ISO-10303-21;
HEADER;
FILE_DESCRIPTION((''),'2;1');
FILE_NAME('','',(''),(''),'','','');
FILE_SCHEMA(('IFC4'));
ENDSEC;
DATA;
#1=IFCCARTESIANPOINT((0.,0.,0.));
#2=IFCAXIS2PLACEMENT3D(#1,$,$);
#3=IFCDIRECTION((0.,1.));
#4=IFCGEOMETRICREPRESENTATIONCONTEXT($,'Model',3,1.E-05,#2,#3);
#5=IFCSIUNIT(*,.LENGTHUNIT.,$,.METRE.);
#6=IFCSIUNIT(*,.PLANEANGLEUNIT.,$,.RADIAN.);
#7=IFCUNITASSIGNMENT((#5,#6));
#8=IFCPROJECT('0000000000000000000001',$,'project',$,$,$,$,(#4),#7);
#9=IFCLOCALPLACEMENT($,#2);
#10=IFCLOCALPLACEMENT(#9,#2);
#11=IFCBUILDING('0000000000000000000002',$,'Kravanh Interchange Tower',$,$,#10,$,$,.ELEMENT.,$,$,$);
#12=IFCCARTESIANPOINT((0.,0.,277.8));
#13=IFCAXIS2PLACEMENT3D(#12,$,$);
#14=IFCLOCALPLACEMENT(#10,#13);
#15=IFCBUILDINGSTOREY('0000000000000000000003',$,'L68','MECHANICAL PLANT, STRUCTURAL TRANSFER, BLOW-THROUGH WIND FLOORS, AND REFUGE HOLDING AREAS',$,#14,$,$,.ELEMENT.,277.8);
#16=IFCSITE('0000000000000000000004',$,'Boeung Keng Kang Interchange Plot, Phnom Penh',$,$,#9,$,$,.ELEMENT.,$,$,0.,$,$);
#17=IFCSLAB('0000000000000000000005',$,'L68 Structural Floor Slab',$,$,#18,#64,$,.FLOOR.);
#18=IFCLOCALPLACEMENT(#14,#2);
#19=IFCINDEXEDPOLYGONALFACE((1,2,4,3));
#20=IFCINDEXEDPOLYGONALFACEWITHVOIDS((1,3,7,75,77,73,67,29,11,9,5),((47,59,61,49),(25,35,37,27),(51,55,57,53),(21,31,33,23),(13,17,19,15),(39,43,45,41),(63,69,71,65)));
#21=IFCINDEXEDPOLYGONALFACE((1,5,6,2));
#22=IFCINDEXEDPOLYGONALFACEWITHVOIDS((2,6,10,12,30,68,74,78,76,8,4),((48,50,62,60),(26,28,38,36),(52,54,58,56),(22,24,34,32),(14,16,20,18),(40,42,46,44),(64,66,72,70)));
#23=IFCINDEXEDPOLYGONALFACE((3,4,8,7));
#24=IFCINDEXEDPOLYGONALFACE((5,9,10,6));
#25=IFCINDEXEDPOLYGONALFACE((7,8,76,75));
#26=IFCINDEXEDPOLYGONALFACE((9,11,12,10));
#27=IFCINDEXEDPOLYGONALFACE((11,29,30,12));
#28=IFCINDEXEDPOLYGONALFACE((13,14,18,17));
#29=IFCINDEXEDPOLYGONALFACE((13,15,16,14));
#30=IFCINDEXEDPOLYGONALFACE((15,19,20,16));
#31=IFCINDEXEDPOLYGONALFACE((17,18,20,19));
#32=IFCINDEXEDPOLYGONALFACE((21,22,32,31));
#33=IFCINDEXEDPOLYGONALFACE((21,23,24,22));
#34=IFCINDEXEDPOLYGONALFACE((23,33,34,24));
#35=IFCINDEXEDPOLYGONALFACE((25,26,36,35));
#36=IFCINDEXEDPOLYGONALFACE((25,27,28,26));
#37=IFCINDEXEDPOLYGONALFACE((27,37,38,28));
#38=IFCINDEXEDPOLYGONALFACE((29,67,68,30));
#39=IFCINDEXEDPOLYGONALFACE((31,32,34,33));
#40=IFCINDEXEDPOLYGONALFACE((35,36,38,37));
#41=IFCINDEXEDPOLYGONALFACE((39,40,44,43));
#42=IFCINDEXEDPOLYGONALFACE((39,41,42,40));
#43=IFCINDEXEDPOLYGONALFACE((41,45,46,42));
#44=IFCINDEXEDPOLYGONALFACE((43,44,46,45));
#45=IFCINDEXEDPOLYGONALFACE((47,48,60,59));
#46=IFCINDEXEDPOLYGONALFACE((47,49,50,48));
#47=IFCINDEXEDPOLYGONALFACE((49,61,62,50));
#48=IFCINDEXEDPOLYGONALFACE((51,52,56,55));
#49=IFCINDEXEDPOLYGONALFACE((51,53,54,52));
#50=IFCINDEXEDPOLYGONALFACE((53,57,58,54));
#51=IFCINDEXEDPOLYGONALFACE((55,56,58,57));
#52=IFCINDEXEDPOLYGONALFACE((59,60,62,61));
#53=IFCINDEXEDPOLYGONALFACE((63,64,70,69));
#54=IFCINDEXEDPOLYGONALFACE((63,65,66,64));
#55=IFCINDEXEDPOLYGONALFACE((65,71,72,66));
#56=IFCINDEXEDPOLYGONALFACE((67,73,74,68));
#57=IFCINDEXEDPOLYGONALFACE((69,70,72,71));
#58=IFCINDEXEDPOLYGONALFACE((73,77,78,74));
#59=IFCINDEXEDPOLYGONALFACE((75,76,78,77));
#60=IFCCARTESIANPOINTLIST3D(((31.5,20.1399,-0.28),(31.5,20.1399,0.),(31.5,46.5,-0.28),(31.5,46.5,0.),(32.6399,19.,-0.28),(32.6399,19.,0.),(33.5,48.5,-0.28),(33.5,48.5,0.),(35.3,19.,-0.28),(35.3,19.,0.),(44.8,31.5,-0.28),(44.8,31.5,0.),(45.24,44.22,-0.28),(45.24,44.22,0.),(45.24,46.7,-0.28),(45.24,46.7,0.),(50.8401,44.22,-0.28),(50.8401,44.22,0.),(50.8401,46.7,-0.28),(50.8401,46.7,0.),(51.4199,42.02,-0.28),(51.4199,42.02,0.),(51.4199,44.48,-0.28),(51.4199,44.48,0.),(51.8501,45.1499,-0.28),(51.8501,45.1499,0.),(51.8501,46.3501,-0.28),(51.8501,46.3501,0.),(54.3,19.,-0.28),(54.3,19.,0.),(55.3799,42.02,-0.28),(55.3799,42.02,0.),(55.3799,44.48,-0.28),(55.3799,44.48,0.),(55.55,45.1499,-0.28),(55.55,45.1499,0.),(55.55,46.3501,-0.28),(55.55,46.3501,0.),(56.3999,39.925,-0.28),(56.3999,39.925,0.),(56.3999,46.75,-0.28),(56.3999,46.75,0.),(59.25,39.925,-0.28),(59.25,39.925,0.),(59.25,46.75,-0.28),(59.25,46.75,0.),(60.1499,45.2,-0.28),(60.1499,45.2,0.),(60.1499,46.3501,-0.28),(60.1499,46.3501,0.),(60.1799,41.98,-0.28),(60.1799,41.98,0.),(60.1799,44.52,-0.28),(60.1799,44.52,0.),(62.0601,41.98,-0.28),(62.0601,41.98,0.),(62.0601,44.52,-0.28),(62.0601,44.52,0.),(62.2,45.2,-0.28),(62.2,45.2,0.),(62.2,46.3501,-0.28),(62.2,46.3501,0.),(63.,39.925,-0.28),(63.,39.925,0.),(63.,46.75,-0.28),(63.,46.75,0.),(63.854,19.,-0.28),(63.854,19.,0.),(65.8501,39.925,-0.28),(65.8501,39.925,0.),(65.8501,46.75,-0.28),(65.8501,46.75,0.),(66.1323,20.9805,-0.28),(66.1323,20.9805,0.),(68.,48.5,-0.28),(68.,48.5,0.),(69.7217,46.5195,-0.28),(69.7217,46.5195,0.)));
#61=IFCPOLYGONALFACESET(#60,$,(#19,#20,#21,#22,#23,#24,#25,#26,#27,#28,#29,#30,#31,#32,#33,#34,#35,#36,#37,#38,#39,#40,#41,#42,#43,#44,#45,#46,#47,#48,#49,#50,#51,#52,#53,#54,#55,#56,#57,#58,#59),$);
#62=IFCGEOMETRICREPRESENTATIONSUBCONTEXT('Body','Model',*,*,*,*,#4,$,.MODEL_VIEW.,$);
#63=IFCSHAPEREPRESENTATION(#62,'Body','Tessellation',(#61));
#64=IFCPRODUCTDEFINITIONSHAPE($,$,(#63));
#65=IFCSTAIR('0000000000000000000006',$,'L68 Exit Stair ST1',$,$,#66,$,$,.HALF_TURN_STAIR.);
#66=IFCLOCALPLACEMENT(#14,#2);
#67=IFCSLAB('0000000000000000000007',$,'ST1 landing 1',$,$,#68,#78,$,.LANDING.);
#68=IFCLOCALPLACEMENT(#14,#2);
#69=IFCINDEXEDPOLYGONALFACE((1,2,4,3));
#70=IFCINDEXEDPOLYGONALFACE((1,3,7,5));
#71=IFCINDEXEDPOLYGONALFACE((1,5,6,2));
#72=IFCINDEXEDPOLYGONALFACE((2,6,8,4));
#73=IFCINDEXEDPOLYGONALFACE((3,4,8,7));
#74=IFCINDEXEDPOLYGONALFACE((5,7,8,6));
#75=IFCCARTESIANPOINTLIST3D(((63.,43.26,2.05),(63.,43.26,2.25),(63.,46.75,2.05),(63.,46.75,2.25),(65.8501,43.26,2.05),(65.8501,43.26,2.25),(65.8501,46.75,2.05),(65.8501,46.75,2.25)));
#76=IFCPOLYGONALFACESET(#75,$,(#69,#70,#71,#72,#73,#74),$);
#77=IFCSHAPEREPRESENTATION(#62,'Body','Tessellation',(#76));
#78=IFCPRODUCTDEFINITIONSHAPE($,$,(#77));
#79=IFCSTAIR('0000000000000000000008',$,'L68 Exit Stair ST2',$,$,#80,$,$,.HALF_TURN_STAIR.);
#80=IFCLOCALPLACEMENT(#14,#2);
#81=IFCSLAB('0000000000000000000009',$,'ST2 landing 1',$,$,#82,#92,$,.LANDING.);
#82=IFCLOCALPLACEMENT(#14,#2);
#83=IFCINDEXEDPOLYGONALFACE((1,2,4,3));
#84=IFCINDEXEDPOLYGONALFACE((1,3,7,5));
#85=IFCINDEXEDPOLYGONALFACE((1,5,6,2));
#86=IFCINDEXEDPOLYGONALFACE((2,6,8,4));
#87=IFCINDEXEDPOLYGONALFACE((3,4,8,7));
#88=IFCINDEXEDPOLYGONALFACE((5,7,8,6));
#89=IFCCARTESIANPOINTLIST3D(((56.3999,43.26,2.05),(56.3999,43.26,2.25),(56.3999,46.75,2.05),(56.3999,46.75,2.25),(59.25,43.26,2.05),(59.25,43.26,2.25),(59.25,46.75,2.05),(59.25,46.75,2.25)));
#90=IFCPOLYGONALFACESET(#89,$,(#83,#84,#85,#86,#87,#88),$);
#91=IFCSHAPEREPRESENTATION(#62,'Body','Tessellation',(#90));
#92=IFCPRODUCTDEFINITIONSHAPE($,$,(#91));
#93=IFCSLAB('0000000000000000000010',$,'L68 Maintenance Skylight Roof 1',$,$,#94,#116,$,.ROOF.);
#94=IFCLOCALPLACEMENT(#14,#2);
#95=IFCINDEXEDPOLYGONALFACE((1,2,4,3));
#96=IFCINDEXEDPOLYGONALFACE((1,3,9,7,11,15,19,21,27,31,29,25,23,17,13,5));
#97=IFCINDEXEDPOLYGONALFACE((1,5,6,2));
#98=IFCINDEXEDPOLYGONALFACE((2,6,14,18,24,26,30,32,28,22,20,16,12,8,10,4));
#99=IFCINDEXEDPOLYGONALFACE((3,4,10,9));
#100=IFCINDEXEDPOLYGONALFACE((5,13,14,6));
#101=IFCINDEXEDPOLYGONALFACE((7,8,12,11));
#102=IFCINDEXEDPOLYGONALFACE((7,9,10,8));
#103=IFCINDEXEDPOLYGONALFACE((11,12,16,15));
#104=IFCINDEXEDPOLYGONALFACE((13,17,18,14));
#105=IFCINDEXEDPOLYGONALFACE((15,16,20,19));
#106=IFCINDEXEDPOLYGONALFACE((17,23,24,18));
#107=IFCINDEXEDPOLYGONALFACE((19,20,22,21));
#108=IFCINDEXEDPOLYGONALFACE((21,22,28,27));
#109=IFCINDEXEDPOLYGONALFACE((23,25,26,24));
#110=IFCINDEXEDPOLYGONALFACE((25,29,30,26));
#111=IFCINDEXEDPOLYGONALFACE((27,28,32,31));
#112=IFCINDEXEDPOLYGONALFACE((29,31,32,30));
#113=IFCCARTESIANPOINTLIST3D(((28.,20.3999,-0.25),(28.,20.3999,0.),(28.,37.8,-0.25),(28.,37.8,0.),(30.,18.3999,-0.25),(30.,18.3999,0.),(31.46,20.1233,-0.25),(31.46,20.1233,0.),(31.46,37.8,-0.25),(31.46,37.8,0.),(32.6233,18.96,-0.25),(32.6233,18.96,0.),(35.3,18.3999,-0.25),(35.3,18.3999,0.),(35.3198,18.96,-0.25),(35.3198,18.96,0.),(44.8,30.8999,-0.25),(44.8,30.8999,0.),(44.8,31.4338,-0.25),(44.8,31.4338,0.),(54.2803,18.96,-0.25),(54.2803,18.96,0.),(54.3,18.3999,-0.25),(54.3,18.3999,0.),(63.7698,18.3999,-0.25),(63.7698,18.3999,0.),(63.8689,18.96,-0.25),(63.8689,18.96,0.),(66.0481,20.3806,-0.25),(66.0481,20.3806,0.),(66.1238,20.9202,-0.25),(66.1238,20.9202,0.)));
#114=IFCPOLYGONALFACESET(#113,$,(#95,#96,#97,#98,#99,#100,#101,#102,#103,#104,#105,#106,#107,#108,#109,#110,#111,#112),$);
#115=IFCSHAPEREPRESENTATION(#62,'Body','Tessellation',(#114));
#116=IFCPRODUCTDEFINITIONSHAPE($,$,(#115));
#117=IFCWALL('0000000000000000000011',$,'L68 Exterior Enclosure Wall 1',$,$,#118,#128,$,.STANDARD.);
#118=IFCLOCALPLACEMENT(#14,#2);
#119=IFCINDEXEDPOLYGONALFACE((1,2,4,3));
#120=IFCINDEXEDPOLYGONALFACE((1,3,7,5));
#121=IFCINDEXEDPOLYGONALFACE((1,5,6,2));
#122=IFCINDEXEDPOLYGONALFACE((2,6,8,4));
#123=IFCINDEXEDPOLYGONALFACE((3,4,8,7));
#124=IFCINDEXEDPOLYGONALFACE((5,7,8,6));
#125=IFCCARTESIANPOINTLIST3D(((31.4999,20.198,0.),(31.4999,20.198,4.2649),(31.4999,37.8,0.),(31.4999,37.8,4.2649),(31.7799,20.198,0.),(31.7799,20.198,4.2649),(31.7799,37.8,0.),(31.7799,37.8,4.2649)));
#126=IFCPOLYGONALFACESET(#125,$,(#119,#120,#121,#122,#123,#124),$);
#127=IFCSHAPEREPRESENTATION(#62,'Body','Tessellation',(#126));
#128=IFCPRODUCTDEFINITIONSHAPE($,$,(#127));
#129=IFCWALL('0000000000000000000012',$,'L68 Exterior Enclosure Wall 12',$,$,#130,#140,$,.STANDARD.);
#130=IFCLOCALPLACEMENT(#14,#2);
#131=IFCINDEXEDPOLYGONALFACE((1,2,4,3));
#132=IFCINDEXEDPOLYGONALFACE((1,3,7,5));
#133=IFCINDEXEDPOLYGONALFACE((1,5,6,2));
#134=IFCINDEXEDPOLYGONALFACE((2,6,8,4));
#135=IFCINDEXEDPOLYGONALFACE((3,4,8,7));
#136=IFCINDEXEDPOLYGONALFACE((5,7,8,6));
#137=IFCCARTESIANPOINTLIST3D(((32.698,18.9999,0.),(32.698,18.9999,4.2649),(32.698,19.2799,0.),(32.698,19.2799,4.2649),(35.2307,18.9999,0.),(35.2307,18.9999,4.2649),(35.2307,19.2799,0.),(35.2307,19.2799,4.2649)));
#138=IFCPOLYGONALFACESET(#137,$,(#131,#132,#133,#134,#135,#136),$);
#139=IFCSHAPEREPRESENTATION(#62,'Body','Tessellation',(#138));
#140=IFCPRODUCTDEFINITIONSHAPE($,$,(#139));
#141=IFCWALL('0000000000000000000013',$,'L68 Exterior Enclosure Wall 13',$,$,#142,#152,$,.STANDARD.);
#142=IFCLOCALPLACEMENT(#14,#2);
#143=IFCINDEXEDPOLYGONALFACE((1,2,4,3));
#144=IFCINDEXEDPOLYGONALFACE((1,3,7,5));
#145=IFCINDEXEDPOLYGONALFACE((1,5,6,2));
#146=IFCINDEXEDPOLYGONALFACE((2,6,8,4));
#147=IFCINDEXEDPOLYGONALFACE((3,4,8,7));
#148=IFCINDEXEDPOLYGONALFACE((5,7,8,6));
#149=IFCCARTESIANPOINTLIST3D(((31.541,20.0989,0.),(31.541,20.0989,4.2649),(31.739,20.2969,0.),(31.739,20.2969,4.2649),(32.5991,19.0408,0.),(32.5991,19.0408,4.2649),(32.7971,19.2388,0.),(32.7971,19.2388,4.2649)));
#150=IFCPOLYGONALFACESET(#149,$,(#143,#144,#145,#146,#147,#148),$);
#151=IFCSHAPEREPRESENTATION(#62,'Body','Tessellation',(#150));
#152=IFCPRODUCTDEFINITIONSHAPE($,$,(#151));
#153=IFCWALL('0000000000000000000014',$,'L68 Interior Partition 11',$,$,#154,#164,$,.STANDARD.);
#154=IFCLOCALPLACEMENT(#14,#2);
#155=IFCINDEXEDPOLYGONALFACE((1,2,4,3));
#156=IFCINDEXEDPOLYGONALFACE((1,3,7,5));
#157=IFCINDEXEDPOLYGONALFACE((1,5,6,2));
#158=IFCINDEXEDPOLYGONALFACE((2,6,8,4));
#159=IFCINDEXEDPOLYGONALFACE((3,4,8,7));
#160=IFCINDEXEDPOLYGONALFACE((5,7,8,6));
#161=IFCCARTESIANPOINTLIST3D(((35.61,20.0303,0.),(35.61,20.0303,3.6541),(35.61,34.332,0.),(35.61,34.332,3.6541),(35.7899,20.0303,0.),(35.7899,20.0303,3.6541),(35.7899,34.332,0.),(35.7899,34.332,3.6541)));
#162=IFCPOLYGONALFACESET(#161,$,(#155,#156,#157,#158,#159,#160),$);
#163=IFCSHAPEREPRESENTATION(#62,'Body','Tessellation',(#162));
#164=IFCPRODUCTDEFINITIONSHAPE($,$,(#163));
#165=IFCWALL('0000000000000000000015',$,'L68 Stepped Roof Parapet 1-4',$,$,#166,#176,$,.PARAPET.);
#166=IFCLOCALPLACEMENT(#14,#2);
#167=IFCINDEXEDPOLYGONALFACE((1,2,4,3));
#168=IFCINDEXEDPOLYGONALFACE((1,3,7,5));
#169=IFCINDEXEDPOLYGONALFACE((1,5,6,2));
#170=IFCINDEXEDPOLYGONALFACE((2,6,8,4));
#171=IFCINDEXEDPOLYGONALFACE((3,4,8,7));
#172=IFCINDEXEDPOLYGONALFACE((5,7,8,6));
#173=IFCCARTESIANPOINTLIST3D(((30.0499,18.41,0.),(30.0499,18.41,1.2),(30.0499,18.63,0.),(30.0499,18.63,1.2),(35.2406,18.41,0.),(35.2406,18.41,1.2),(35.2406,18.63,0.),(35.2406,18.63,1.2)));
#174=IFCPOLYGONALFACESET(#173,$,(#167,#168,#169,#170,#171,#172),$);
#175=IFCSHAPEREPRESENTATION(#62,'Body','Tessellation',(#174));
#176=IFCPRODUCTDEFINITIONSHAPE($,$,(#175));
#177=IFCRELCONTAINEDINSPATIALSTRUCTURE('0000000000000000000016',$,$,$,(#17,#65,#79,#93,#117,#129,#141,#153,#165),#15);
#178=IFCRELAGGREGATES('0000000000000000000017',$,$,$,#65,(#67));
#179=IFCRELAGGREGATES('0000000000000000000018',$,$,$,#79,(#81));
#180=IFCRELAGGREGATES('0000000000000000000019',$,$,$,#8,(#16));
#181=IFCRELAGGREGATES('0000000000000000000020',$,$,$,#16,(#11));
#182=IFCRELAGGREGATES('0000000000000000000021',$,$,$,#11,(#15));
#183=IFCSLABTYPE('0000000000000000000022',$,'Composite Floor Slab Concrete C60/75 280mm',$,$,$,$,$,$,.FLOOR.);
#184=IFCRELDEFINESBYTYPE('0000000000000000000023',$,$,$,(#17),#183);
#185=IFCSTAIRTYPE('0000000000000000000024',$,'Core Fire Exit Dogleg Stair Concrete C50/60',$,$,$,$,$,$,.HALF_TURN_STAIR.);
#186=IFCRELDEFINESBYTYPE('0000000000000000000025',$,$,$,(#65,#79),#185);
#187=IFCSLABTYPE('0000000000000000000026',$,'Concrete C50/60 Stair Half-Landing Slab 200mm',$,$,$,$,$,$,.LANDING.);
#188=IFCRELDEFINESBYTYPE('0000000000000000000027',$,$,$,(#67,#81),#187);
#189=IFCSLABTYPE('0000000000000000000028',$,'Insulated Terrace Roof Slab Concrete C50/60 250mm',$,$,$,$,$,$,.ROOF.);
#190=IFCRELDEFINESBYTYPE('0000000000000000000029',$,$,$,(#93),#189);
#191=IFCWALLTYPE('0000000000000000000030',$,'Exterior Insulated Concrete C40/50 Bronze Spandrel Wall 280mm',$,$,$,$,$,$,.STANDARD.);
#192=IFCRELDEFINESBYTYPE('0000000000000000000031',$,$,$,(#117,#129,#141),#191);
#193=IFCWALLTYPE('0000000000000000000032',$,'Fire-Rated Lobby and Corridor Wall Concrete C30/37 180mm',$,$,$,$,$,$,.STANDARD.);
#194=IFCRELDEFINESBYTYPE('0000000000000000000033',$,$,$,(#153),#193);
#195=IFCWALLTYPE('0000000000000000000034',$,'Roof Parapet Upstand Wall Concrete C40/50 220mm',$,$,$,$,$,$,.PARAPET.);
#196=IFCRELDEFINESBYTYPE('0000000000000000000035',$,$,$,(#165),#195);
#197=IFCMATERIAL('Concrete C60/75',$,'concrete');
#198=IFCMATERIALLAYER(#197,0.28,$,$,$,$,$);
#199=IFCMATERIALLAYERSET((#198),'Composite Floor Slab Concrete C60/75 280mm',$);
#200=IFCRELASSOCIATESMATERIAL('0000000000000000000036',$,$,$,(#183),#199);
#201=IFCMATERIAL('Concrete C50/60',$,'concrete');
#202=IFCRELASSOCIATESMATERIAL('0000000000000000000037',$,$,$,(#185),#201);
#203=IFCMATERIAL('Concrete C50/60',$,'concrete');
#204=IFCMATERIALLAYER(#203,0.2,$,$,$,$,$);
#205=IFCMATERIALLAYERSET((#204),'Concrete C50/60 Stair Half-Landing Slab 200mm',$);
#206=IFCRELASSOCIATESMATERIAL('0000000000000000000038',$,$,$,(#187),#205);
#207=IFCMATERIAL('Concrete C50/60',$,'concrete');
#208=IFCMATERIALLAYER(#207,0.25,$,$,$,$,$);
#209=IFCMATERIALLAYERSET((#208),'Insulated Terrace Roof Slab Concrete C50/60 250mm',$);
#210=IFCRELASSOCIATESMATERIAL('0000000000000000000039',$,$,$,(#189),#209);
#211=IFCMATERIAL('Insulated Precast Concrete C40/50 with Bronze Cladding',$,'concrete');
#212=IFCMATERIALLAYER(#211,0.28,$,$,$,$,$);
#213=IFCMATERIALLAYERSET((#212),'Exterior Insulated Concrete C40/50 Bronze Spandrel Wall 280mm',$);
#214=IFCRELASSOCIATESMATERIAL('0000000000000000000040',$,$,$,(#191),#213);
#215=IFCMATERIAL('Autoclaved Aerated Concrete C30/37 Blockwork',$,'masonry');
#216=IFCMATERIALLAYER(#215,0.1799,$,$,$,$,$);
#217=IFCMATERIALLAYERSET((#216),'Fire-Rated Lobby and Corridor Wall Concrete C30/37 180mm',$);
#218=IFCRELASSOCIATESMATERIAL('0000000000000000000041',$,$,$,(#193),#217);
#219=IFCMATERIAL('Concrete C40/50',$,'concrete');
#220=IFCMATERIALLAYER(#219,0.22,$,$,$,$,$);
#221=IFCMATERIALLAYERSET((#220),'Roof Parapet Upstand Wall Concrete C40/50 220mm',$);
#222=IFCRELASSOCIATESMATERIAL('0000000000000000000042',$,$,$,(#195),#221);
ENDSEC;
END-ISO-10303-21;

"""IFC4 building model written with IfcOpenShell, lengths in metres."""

from ifc_helpers import new_model, si_unit, direction, frame, frame_2d, origin, place, context, subcontext, project, spatial, polyline, rectangle, outline, extrude, material, layer, layer_set, type_object, element, aggregate, save


model = new_model("IFC4")

# Units and contexts
model_context = context("Model", 3, precision=1e-05, world=origin(), true_north=direction((0.0, 1.0)))
body_context = subcontext(model_context, "Body", "Model", "MODEL_VIEW")
ifc_project = project(units=[si_unit("LENGTHUNIT", "METRE"), si_unit("PLANEANGLEUNIT", "RADIAN")], contexts=[model_context])

# Site, building, storey
site_placement = place(None, origin())
site = spatial("IfcSite", under=ifc_project, at=site_placement, Name="Boeung Keng Kang Interchange Plot, Phnom Penh", CompositionType="ELEMENT", RefElevation=0.0)
building_placement = place(site_placement, origin())
building = spatial("IfcBuilding", under=site, at=building_placement, Name="Kravanh Interchange Tower", CompositionType="ELEMENT")
storey_placement = place(building_placement, frame((0.0, 0.0, 277.8)))
storey = spatial("IfcBuildingStorey", under=building, at=storey_placement, Name="L68", Description="MECHANICAL PLANT, STRUCTURAL TRANSFER, BLOW-THROUGH WIND FLOORS, AND REFUGE HOLDING AREAS", CompositionType="ELEMENT", Elevation=277.8)

# Slab
ifc_material_1 = material(Name="Concrete C60/75", Category="concrete")
ifc_layer_1 = layer(ifc_material_1, 0.28)
ifc_layer_set_1 = layer_set([ifc_layer_1], Name="Composite Floor Slab Concrete C60/75 280mm")
slab_type_1 = type_object("IfcSlabType", Name="Composite Floor Slab Concrete C60/75 280mm", PredefinedType="FLOOR", material=ifc_layer_set_1)
slab_1_placement = place(storey_placement, frame((0.0, 0.0, -0.28)))
element("IfcSlab", 1, at=slab_1_placement, inside=storey, type_object=slab_type_1, Name="L68 Structural Floor Slab", PredefinedType="FLOOR", context=body_context, shape_type="SweptSolid", body=[
    extrude(outline(polyline([(31.5, 20.1399), (32.6399, 19.0), (35.3, 19.0), (44.8, 31.5), (54.3, 19.0), (63.854, 19.0), (66.1323, 20.9805), (69.7217, 46.5195), (68.0, 48.5), (33.5, 48.5), (31.5, 46.5), (31.5, 20.1399)]), holes=[polyline([(65.8501, 39.925), (65.8501, 46.75), (63.0, 46.75), (63.0, 39.925), (65.8501, 39.925)]), polyline([(59.25, 39.925), (59.25, 46.75), (56.3999, 46.75), (56.3999, 39.925), (59.25, 39.925)]), polyline([(45.24, 44.22), (50.8401, 44.22), (50.8401, 46.7), (45.24, 46.7), (45.24, 44.22)]), polyline([(51.4199, 42.02), (55.3799, 42.02), (55.3799, 44.48), (51.4199, 44.48), (51.4199, 42.02)]), polyline([(60.1799, 41.98), (62.0601, 41.98), (62.0601, 44.52), (60.1799, 44.52), (60.1799, 41.98)]), polyline([(60.1499, 45.2), (62.2, 45.2), (62.2, 46.3501), (60.1499, 46.3501), (60.1499, 45.2)]), polyline([(51.8501, 45.1499), (55.55, 45.1499), (55.55, 46.3501), (51.8501, 46.3501), (51.8501, 45.1499)])]), origin(), (0.0, 0.0, 1.0), 0.28),
])

# Stairs, slabs
ifc_material_2 = material(Name="Concrete C50/60", Category="concrete")
stair_type = type_object("IfcStairType", Name="Core Fire Exit Dogleg Stair Concrete C50/60", PredefinedType="HALF_TURN_STAIR", material=ifc_material_2)
stair_1_placement = place(storey_placement, origin())
stair_1 = element("IfcStair", 2, at=stair_1_placement, inside=storey, type_object=stair_type, Name="L68 Exit Stair ST1", PredefinedType="HALF_TURN_STAIR")
ifc_material_3 = material(Name="Concrete C50/60", Category="concrete")
ifc_layer_2 = layer(ifc_material_3, 0.2)
ifc_layer_set_2 = layer_set([ifc_layer_2], Name="Concrete C50/60 Stair Half-Landing Slab 200mm")
slab_type_2 = type_object("IfcSlabType", Name="Concrete C50/60 Stair Half-Landing Slab 200mm", PredefinedType="LANDING", material=ifc_layer_set_2)
slab_2_placement = place(storey_placement, frame((0.0, 0.0, 2.05)))
slab_2 = element("IfcSlab", 3, at=slab_2_placement, type_object=slab_type_2, Name="ST1 landing 1", PredefinedType="LANDING", context=body_context, shape_type="SweptSolid", body=[
    extrude(outline(polyline([(65.8501, 43.26), (65.8501, 46.75), (63.0, 46.75), (63.0, 43.26), (65.8501, 43.26)])), origin(), (0.0, 0.0, 1.0), 0.2),
])
aggregate(stair_1, [slab_2])
stair_2_placement = place(storey_placement, origin())
stair_2 = element("IfcStair", 4, at=stair_2_placement, inside=storey, type_object=stair_type, Name="L68 Exit Stair ST2", PredefinedType="HALF_TURN_STAIR")
slab_3_placement = place(storey_placement, frame((0.0, 0.0, 2.05)))
slab_3 = element("IfcSlab", 5, at=slab_3_placement, type_object=slab_type_2, Name="ST2 landing 1", PredefinedType="LANDING", context=body_context, shape_type="SweptSolid", body=[
    extrude(outline(polyline([(59.25, 43.26), (59.25, 46.75), (56.3999, 46.75), (56.3999, 43.26), (59.25, 43.26)])), origin(), (0.0, 0.0, 1.0), 0.2),
])
aggregate(stair_2, [slab_3])

# Slab
ifc_material_4 = material(Name="Concrete C50/60", Category="concrete")
ifc_layer_3 = layer(ifc_material_4, 0.25)
ifc_layer_set_3 = layer_set([ifc_layer_3], Name="Insulated Terrace Roof Slab Concrete C50/60 250mm")
slab_type_3 = type_object("IfcSlabType", Name="Insulated Terrace Roof Slab Concrete C50/60 250mm", PredefinedType="ROOF", material=ifc_layer_set_3)
slab_4_placement = place(storey_placement, frame((0.0, 0.0, -0.25)))
element("IfcSlab", 6, at=slab_4_placement, inside=storey, type_object=slab_type_3, Name="L68 Maintenance Skylight Roof 1", PredefinedType="ROOF", context=body_context, shape_type="SweptSolid", body=[
    extrude(outline(polyline([(63.7698, 18.3999), (54.3, 18.3999), (44.8, 30.8999), (35.3, 18.3999), (30.0, 18.3999), (28.0, 20.3999), (28.0, 37.8), (31.46, 37.8), (31.46, 20.1233), (32.6233, 18.96), (35.3198, 18.96), (44.8, 31.4338), (54.2803, 18.96), (63.8689, 18.96), (66.1238, 20.9202), (66.0481, 20.3806), (63.7698, 18.3999)])), origin(), (0.0, 0.0, 1.0), 0.25),
])

# Walls
ifc_material_5 = material(Name="Insulated Precast Concrete C40/50 with Bronze Cladding", Category="concrete")
ifc_layer_4 = layer(ifc_material_5, 0.28)
ifc_layer_set_4 = layer_set([ifc_layer_4], Name="Exterior Insulated Concrete C40/50 Bronze Spandrel Wall 280mm")
wall_type_1 = type_object("IfcWallType", Name="Exterior Insulated Concrete C40/50 Bronze Spandrel Wall 280mm", PredefinedType="STANDARD", material=ifc_layer_set_4)
wall_1_placement = place(storey_placement, frame((31.6399, 20.198, 0.0), z_axis=(0.0, 0.0, 1.0), x_axis=(0.0, 1.0, 0.0)))
element("IfcWall", 7, at=wall_1_placement, inside=storey, type_object=wall_type_1, Name="L68 Exterior Enclosure Wall 1", PredefinedType="STANDARD", context=body_context, shape_type="SweptSolid", body=[
    extrude(rectangle(XDim=17.6021, YDim=0.28, at=frame_2d((8.801, 0.0))), origin(), (0.0, 0.0, 1.0), 4.2649),
])
wall_2_placement = place(storey_placement, frame((35.2307, 19.1399, 0.0), z_axis=(0.0, 0.0, 1.0), x_axis=(-1.0, 0.0, 0.0)))
element("IfcWall", 8, at=wall_2_placement, inside=storey, type_object=wall_type_1, Name="L68 Exterior Enclosure Wall 12", PredefinedType="STANDARD", context=body_context, shape_type="SweptSolid", body=[
    extrude(rectangle(XDim=2.5327, YDim=0.28, at=frame_2d((1.2664, 0.0))), origin(), (0.0, 0.0, 1.0), 4.2649),
])
wall_3_placement = place(storey_placement, frame((32.698, 19.1399, 0.0), z_axis=(0.0, 0.0, 1.0), x_axis=(-0.707107, 0.707107, 0.0)))
element("IfcWall", 9, at=wall_3_placement, inside=storey, type_object=wall_type_1, Name="L68 Exterior Enclosure Wall 13", PredefinedType="STANDARD", context=body_context, shape_type="SweptSolid", body=[
    extrude(rectangle(XDim=1.4963, YDim=0.28, at=frame_2d((0.748, 0.0))), origin(), (0.0, 0.0, 1.0), 4.2649),
])
ifc_material_6 = material(Name="Autoclaved Aerated Concrete C30/37 Blockwork", Category="masonry")
ifc_layer_5 = layer(ifc_material_6, 0.1799)
ifc_layer_set_5 = layer_set([ifc_layer_5], Name="Fire-Rated Lobby and Corridor Wall Concrete C30/37 180mm")
wall_type_2 = type_object("IfcWallType", Name="Fire-Rated Lobby and Corridor Wall Concrete C30/37 180mm", PredefinedType="STANDARD", material=ifc_layer_set_5)
wall_4_placement = place(storey_placement, frame((35.7, 20.0303, 0.0), z_axis=(0.0, 0.0, 1.0), x_axis=(0.0, 1.0, 0.0)))
element("IfcWall", 10, at=wall_4_placement, inside=storey, type_object=wall_type_2, Name="L68 Interior Partition 11", PredefinedType="STANDARD", context=body_context, shape_type="SweptSolid", body=[
    extrude(rectangle(XDim=14.3018, YDim=0.1799, at=frame_2d((7.1509, 0.0))), origin(), (0.0, 0.0, 1.0), 3.6541),
])
ifc_material_7 = material(Name="Concrete C40/50", Category="concrete")
ifc_layer_6 = layer(ifc_material_7, 0.22)
ifc_layer_set_6 = layer_set([ifc_layer_6], Name="Roof Parapet Upstand Wall Concrete C40/50 220mm")
wall_type_3 = type_object("IfcWallType", Name="Roof Parapet Upstand Wall Concrete C40/50 220mm", PredefinedType="PARAPET", material=ifc_layer_set_6)
wall_5_placement = place(storey_placement, frame((35.2405, 18.52, 0.0), z_axis=(0.0, 0.0, 1.0), x_axis=(-1.0, 0.0, 0.0)))
element("IfcWall", 11, at=wall_5_placement, inside=storey, type_object=wall_type_3, Name="L68 Stepped Roof Parapet 1-4", PredefinedType="PARAPET", context=body_context, shape_type="SweptSolid", body=[
    extrude(rectangle(XDim=5.1907, YDim=0.22, at=frame_2d((2.5952, 0.0))), origin(), (0.0, 0.0, 1.0), 1.2),
])

save(model, "model.ifc")
